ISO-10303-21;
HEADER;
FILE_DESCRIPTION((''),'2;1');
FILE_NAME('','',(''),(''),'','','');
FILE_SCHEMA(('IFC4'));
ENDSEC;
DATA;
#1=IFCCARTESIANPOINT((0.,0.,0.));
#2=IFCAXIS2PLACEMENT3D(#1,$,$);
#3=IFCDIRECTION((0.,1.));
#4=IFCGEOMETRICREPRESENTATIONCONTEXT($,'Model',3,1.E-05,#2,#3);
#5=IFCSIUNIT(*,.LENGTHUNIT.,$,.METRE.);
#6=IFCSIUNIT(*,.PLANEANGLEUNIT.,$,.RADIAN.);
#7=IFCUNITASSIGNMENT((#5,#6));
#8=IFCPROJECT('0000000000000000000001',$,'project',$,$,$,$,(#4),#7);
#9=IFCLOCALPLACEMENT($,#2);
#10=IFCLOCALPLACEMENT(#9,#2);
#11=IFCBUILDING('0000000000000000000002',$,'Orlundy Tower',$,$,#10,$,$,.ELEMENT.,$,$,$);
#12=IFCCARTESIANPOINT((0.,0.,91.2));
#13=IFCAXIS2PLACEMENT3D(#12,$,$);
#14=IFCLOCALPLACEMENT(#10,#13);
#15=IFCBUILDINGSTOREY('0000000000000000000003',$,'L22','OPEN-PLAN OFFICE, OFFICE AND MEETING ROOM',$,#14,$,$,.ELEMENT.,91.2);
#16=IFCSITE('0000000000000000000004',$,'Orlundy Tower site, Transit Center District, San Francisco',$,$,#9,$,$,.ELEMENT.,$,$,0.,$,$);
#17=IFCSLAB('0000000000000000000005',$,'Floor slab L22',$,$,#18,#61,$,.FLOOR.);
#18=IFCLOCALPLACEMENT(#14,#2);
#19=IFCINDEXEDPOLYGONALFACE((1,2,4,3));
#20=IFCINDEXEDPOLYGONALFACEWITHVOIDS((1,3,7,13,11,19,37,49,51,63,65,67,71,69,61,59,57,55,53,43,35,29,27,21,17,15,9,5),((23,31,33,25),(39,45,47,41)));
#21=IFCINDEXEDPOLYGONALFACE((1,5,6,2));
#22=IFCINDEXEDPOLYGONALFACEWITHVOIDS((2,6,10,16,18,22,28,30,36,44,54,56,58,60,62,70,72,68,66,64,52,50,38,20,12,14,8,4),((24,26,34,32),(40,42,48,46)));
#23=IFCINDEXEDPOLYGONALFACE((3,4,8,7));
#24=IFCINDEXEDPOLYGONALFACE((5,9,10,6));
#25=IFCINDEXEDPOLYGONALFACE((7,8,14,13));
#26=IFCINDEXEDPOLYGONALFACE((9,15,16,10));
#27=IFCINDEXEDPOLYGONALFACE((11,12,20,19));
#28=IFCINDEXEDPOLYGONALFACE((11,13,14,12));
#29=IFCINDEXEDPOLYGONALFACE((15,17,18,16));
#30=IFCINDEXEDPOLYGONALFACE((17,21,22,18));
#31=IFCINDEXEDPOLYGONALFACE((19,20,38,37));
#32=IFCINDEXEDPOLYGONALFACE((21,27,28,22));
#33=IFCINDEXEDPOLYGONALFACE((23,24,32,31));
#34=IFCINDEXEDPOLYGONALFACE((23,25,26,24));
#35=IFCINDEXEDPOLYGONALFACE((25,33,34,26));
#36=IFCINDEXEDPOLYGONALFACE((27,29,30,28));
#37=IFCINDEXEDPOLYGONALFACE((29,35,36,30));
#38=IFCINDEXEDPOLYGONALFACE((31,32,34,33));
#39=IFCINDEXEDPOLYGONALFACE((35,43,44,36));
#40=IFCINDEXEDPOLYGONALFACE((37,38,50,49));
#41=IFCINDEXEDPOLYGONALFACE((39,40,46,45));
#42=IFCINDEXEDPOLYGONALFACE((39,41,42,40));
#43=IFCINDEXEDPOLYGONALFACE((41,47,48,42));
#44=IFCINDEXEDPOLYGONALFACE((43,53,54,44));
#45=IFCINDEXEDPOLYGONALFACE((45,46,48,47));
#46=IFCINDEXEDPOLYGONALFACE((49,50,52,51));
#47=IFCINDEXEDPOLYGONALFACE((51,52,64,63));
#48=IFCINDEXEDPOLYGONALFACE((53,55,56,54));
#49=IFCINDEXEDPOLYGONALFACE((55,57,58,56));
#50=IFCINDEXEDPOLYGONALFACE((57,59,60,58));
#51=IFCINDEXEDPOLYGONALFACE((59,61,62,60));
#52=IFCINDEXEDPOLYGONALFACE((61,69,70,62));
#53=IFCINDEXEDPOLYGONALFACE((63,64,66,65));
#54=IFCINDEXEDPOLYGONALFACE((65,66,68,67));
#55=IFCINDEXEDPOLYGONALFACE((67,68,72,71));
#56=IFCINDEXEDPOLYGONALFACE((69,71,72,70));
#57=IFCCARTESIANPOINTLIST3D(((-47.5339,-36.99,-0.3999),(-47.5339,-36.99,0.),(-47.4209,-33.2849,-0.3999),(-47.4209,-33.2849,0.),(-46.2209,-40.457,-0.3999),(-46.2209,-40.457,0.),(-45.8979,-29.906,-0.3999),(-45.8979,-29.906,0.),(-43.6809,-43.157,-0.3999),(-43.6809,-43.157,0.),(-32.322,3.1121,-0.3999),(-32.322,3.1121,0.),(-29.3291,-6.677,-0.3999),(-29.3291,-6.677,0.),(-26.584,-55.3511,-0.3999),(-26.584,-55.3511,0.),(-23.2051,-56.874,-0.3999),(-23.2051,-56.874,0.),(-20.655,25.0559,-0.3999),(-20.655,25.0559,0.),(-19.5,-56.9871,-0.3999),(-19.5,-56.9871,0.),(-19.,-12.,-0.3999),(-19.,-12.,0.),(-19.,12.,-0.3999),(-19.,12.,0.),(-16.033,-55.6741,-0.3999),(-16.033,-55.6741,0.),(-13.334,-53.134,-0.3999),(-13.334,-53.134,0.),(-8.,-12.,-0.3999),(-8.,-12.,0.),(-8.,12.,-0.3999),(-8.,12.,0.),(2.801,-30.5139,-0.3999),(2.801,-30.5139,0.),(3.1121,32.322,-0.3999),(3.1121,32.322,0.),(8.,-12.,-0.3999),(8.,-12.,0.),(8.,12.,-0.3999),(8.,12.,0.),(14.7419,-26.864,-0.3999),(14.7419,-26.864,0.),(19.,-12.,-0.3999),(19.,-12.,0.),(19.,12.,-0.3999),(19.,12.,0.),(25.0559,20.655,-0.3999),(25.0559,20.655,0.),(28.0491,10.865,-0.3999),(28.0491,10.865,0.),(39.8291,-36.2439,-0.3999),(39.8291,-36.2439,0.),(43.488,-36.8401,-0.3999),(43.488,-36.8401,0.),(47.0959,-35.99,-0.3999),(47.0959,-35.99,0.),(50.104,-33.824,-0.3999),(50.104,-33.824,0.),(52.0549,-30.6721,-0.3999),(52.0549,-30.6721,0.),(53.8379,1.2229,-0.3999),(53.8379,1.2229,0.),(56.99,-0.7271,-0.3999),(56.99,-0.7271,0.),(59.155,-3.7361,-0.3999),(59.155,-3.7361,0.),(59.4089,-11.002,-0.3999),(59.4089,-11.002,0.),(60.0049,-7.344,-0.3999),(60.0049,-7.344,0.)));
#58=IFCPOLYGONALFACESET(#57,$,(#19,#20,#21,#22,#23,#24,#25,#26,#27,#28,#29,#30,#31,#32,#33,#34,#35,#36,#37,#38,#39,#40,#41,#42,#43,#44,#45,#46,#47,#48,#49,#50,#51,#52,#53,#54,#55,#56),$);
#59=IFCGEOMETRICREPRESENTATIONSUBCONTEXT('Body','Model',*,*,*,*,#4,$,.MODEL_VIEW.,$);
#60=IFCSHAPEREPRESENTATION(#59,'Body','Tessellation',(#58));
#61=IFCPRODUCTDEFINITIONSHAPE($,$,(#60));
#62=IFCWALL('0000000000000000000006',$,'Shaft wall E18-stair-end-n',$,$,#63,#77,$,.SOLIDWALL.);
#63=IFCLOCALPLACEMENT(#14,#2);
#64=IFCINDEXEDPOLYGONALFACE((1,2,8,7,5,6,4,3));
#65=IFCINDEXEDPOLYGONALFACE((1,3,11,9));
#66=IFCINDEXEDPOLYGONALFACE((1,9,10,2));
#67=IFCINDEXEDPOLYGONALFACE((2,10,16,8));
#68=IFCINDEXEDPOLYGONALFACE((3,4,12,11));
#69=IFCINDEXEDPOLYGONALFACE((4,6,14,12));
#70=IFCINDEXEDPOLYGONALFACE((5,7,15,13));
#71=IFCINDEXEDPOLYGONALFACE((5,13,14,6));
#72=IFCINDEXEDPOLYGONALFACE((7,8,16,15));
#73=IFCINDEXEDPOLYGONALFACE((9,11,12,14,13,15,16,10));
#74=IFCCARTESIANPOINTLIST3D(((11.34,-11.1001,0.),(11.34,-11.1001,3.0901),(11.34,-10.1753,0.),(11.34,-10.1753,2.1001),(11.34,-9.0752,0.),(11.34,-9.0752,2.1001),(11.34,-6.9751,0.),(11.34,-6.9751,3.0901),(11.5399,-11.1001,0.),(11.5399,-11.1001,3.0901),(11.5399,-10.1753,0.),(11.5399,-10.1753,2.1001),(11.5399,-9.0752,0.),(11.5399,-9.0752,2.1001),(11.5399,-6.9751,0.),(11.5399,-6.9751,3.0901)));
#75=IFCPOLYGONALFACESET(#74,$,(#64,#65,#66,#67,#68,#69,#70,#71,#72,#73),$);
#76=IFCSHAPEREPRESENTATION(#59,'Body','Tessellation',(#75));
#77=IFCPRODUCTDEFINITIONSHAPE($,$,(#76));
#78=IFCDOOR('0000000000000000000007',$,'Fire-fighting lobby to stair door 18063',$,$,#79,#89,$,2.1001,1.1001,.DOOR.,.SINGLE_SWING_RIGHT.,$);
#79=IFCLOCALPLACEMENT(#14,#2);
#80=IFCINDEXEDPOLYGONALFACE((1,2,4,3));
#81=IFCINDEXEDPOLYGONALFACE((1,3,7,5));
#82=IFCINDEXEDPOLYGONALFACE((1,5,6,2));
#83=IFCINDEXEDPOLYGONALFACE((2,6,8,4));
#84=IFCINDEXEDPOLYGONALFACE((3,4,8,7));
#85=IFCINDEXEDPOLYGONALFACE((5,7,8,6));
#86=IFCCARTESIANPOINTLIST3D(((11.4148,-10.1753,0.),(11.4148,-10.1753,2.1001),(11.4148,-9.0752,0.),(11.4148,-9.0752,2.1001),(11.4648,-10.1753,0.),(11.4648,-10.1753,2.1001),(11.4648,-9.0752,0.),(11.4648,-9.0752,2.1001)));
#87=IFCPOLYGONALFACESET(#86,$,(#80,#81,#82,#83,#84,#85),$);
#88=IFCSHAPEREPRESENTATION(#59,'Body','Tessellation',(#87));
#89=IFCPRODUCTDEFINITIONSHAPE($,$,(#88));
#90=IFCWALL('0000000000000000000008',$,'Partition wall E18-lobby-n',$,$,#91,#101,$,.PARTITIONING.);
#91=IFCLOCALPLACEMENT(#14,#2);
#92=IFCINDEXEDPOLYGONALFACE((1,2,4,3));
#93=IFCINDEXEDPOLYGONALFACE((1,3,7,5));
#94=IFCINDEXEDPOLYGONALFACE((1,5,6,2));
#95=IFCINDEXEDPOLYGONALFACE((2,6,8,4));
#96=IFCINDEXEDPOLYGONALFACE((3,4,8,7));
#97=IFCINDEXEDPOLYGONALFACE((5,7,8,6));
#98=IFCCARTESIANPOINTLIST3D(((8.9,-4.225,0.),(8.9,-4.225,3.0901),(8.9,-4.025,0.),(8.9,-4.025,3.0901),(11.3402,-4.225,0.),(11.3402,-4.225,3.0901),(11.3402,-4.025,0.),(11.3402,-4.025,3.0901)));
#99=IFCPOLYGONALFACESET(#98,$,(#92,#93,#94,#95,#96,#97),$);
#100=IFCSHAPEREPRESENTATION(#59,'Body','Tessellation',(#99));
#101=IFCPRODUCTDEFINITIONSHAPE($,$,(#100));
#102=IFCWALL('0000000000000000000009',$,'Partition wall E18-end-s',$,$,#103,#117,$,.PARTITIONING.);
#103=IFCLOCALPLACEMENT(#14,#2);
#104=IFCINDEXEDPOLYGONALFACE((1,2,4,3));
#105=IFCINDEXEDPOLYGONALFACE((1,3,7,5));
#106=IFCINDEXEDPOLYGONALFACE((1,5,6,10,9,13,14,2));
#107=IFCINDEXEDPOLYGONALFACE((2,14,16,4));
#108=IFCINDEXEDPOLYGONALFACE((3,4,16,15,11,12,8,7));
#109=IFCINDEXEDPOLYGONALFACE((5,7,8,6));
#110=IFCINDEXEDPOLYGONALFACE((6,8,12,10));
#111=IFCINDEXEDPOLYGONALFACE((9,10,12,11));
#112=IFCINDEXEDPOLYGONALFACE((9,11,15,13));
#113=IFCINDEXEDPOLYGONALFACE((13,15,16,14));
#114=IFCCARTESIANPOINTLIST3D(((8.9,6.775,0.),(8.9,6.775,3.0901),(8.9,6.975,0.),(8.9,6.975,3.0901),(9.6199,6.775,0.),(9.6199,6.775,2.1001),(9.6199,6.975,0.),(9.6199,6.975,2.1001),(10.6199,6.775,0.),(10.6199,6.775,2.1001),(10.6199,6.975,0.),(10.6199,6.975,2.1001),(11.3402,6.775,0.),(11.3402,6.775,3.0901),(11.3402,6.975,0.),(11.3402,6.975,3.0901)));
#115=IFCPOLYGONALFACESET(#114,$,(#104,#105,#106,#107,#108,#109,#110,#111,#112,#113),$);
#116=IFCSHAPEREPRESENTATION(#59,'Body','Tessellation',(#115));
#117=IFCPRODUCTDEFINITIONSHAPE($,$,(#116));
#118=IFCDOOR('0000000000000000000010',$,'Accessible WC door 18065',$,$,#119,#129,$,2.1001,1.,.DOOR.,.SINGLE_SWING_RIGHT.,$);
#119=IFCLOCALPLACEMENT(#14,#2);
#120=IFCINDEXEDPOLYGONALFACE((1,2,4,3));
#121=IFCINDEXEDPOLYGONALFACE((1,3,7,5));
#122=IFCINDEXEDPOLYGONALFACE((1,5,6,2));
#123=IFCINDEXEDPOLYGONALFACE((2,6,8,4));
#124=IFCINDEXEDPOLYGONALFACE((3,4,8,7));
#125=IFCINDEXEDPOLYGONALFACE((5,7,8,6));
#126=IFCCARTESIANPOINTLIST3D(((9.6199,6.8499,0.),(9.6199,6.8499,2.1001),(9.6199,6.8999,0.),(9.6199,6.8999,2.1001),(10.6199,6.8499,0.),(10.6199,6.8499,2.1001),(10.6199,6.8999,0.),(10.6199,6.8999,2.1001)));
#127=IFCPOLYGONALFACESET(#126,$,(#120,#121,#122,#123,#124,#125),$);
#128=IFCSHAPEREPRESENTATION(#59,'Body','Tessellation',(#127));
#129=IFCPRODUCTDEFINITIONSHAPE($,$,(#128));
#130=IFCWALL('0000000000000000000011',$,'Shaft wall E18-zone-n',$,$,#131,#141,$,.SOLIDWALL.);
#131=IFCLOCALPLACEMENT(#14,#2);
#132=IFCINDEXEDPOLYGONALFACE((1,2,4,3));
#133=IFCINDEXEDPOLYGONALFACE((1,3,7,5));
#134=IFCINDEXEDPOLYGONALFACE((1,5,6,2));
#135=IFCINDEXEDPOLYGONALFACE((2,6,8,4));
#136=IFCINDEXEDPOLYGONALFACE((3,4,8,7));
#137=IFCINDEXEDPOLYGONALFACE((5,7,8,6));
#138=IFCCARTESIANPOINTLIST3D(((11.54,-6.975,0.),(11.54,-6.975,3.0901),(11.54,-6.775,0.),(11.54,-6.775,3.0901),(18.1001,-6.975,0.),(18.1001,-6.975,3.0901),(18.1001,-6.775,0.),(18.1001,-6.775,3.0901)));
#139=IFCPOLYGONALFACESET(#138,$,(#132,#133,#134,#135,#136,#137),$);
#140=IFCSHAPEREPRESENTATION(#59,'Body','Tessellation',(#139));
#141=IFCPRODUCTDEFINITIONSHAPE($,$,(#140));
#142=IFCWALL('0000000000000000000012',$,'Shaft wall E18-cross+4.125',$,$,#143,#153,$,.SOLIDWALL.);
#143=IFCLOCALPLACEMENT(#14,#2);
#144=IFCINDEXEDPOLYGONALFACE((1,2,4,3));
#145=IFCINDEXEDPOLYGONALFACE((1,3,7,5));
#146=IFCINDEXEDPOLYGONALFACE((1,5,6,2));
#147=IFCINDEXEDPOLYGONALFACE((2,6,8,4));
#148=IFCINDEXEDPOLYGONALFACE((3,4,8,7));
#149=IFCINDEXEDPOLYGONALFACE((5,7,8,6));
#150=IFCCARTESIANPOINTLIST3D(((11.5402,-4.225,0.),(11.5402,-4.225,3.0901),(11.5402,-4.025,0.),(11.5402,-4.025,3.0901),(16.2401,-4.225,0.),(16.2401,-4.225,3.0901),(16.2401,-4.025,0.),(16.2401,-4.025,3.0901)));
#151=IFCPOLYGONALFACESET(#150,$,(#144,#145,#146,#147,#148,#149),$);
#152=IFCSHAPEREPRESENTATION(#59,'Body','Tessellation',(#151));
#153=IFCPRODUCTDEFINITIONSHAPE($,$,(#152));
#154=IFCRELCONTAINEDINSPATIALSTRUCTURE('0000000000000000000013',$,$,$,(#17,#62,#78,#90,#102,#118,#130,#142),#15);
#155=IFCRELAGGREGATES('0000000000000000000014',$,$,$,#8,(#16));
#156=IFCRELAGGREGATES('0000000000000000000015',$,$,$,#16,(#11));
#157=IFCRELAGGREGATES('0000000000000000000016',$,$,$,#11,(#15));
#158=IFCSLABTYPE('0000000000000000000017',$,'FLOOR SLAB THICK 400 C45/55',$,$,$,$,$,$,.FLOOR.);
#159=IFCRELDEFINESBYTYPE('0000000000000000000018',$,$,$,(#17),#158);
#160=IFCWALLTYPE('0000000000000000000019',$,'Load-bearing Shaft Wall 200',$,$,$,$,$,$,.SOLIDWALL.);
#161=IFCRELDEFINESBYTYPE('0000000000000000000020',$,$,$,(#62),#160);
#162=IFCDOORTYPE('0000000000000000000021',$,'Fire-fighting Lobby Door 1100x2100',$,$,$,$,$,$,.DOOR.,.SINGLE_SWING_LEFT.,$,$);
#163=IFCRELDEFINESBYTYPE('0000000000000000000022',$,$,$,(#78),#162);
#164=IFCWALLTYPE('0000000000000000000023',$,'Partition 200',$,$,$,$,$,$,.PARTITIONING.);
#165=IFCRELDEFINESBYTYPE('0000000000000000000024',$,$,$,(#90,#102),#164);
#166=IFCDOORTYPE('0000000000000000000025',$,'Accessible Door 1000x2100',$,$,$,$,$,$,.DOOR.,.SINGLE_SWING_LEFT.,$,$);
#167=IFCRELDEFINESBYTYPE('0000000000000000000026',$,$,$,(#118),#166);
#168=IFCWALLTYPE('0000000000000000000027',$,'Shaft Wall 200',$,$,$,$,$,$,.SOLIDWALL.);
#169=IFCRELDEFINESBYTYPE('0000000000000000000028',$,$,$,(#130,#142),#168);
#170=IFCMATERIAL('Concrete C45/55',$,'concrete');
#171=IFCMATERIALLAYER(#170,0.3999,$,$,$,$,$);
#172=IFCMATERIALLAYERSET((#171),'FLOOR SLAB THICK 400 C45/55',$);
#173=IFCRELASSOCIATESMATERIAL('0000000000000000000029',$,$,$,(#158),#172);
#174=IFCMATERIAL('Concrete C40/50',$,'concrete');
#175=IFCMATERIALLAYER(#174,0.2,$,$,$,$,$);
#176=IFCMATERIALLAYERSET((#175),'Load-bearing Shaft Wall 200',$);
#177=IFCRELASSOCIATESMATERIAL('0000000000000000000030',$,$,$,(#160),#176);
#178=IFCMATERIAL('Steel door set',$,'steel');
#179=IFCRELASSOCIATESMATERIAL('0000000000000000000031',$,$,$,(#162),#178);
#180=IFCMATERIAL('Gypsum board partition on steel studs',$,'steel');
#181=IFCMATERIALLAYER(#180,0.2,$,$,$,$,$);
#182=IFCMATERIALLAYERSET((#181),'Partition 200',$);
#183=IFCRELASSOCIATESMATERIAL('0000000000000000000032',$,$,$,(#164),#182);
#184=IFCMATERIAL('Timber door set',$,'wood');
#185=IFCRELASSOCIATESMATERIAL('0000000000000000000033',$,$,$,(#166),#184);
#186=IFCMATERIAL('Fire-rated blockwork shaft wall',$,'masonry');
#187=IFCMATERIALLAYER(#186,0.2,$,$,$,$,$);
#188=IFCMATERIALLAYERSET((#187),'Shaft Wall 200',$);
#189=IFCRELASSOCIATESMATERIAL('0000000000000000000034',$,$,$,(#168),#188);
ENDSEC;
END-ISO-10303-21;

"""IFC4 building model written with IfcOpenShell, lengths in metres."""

from ifc_helpers import new_model, si_unit, direction, frame, frame_2d, origin, place, context, subcontext, project, spatial, polyline, rectangle, outline, extrude, material, layer, layer_set, type_object, element, fill, save


model = new_model("IFC4")

# Units and contexts
model_context = context("Model", 3, precision=1e-05, world=origin(), true_north=direction((0.0, 1.0)))
body_context = subcontext(model_context, "Body", "Model", "MODEL_VIEW")
ifc_project = project(units=[si_unit("LENGTHUNIT", "METRE"), si_unit("PLANEANGLEUNIT", "RADIAN")], contexts=[model_context])

# Site, building, storey
site_placement = place(None, origin())
site = spatial("IfcSite", under=ifc_project, at=site_placement, Name="Orlundy Tower site, Transit Center District, San Francisco", CompositionType="ELEMENT", RefElevation=0.0)
building_placement = place(site_placement, origin())
building = spatial("IfcBuilding", under=site, at=building_placement, Name="Orlundy Tower", CompositionType="ELEMENT")
storey_placement = place(building_placement, frame((0.0, 0.0, 91.2)))
storey = spatial("IfcBuildingStorey", under=building, at=storey_placement, Name="L22", Description="OPEN-PLAN OFFICE, OFFICE AND MEETING ROOM", CompositionType="ELEMENT", Elevation=91.2)

# Slab
ifc_material_1 = material(Name="Concrete C45/55", Category="concrete")
ifc_layer_1 = layer(ifc_material_1, 0.3999)
ifc_layer_set_1 = layer_set([ifc_layer_1], Name="FLOOR SLAB THICK 400 C45/55")
slab_type_1 = type_object("IfcSlabType", Name="FLOOR SLAB THICK 400 C45/55", PredefinedType="FLOOR", material=ifc_layer_set_1)
slab_1_placement = place(storey_placement, frame((0.0, 0.0, -0.3999)))
element("IfcSlab", 1, at=slab_1_placement, inside=storey, type_object=slab_type_1, Name="Floor slab L22", PredefinedType="FLOOR", context=body_context, shape_type="SweptSolid", body=[
    extrude(outline(polyline([(-29.3291, -6.677), (-32.322, 3.1121), (-20.655, 25.0559), (3.1121, 32.322), (25.0559, 20.655), (28.0491, 10.865), (53.8379, 1.2229), (56.99, -0.7271), (59.155, -3.7361), (60.0049, -7.344), (59.4089, -11.002), (52.0549, -30.6721), (50.104, -33.824), (47.0959, -35.99), (43.488, -36.8401), (39.8291, -36.2439), (14.7419, -26.864), (2.801, -30.5139), (-13.334, -53.134), (-16.033, -55.6741), (-19.5, -56.9871), (-23.2051, -56.874), (-26.584, -55.3511), (-43.6809, -43.157), (-46.2209, -40.457), (-47.5339, -36.99), (-47.4209, -33.2849), (-45.8979, -29.906), (-29.3291, -6.677)]), holes=[polyline([(-8.0, -12.0), (-8.0, 12.0), (-19.0, 12.0), (-19.0, -12.0), (-8.0, -12.0)]), polyline([(19.0, -12.0), (19.0, 12.0), (8.0, 12.0), (8.0, -12.0), (19.0, -12.0)])]), origin(), (0.0, 0.0, 1.0), 0.3999),
])

# Wall, opening, door
ifc_material_2 = material(Name="Concrete C40/50", Category="concrete")
ifc_layer_2 = layer(ifc_material_2, 0.2)
ifc_layer_set_2 = layer_set([ifc_layer_2], Name="Load-bearing Shaft Wall 200")
wall_type_1 = type_object("IfcWallType", Name="Load-bearing Shaft Wall 200", PredefinedType="SOLIDWALL", material=ifc_layer_set_2)
wall_1_placement = place(storey_placement, frame((11.4399, -6.9751, 0.0), z_axis=(0.0, 0.0, 1.0), x_axis=(0.0, -1.0, 0.0)))
wall_1 = element("IfcWall", 2, at=wall_1_placement, inside=storey, type_object=wall_type_1, Name="Shaft wall E18-stair-end-n", PredefinedType="SOLIDWALL", context=body_context, shape_type="SweptSolid", body=[
    extrude(rectangle(XDim=4.125, YDim=0.2, at=frame_2d((2.0625, 0.0))), origin(), (0.0, 0.0, 1.0), 3.0901),
])
opening_1_placement = place(wall_1_placement, frame((2.1001, 0.0, 0.0)))
opening_1 = element("IfcOpeningElement", 3, at=opening_1_placement, cuts=wall_1, PredefinedType="OPENING", context=body_context, shape_type="SweptSolid", body=[
    extrude(rectangle(XDim=1.1001, YDim=2.1001, at=frame_2d((0.55, 1.05))), frame((0.0, 0.1101, 0.0), z_axis=(0.0, -1.0, 0.0), x_axis=(1.0, 0.0, 0.0)), (0.0, 0.0, 1.0), 0.2202),
])
ifc_material_3 = material(Name="Steel door set", Category="steel")
door_type_1 = type_object("IfcDoorType", Name="Fire-fighting Lobby Door 1100x2100", OperationType="SINGLE_SWING_LEFT", PredefinedType="DOOR", material=ifc_material_3)
door_1_placement = place(opening_1_placement, origin())
door_1 = element("IfcDoor", 4, at=door_1_placement, inside=storey, type_object=door_type_1, Name="Fire-fighting lobby to stair door 18063", OperationType="SINGLE_SWING_RIGHT", OverallHeight=2.1001, OverallWidth=1.1001, PredefinedType="DOOR", context=body_context, shape_type="SweptSolid", body=[
    extrude(rectangle(XDim=1.1001, YDim=2.1001, at=frame_2d((0.55, 1.05))), frame((0.0, 0.0249, 0.0), z_axis=(0.0, -1.0, 0.0), x_axis=(1.0, 0.0, 0.0)), (0.0, 0.0, 1.0), 0.05),
])
fill(opening_1, door_1)

# Wall
ifc_material_4 = material(Name="Gypsum board partition on steel studs", Category="steel")
ifc_layer_3 = layer(ifc_material_4, 0.2)
ifc_layer_set_3 = layer_set([ifc_layer_3], Name="Partition 200")
wall_type_2 = type_object("IfcWallType", Name="Partition 200", PredefinedType="PARTITIONING", material=ifc_layer_set_3)
wall_2_placement = place(storey_placement, frame((8.8999, -4.125, 0.0), z_axis=(0.0, 0.0, 1.0), x_axis=(1.0, 0.0, 0.0)))
element("IfcWall", 5, at=wall_2_placement, inside=storey, type_object=wall_type_2, Name="Partition wall E18-lobby-n", PredefinedType="PARTITIONING", context=body_context, shape_type="SweptSolid", body=[
    extrude(rectangle(XDim=2.4402, YDim=0.2, at=frame_2d((1.2202, 0.0))), origin(), (0.0, 0.0, 1.0), 3.0901),
])

# Wall, opening, door
wall_3_placement = place(storey_placement, frame((8.8999, 6.875, 0.0), z_axis=(0.0, 0.0, 1.0), x_axis=(1.0, 0.0, 0.0)))
wall_3 = element("IfcWall", 6, at=wall_3_placement, inside=storey, type_object=wall_type_2, Name="Partition wall E18-end-s", PredefinedType="PARTITIONING", context=body_context, shape_type="SweptSolid", body=[
    extrude(rectangle(XDim=2.4402, YDim=0.2, at=frame_2d((1.2202, 0.0))), origin(), (0.0, 0.0, 1.0), 3.0901),
])
opening_2_placement = place(wall_3_placement, frame((0.72, 0.0, 0.0)))
opening_2 = element("IfcOpeningElement", 7, at=opening_2_placement, cuts=wall_3, PredefinedType="OPENING", context=body_context, shape_type="SweptSolid", body=[
    extrude(rectangle(XDim=1.0, YDim=2.1001, at=frame_2d((0.5, 1.05))), frame((0.0, 0.1101, 0.0), z_axis=(0.0, -1.0, 0.0), x_axis=(1.0, 0.0, 0.0)), (0.0, 0.0, 1.0), 0.2202),
])
ifc_material_5 = material(Name="Timber door set", Category="wood")
door_type_2 = type_object("IfcDoorType", Name="Accessible Door 1000x2100", OperationType="SINGLE_SWING_LEFT", PredefinedType="DOOR", material=ifc_material_5)
door_2_placement = place(opening_2_placement, origin())
door_2 = element("IfcDoor", 8, at=door_2_placement, inside=storey, type_object=door_type_2, Name="Accessible WC door 18065", OperationType="SINGLE_SWING_RIGHT", OverallHeight=2.1001, OverallWidth=1.0, PredefinedType="DOOR", context=body_context, shape_type="SweptSolid", body=[
    extrude(rectangle(XDim=1.0, YDim=2.1001, at=frame_2d((0.5, 1.05))), frame((0.0, 0.0249, 0.0), z_axis=(0.0, -1.0, 0.0), x_axis=(1.0, 0.0, 0.0)), (0.0, 0.0, 1.0), 0.05),
])
fill(opening_2, door_2)

# Walls
ifc_material_6 = material(Name="Fire-rated blockwork shaft wall", Category="masonry")
ifc_layer_4 = layer(ifc_material_6, 0.2)
ifc_layer_set_4 = layer_set([ifc_layer_4], Name="Shaft Wall 200")
wall_type_3 = type_object("IfcWallType", Name="Shaft Wall 200", PredefinedType="SOLIDWALL", material=ifc_layer_set_4)
wall_4_placement = place(storey_placement, frame((11.54, -6.875, 0.0), z_axis=(0.0, 0.0, 1.0), x_axis=(1.0, 0.0, 0.0)))
element("IfcWall", 9, at=wall_4_placement, inside=storey, type_object=wall_type_3, Name="Shaft wall E18-zone-n", PredefinedType="SOLIDWALL", context=body_context, shape_type="SweptSolid", body=[
    extrude(rectangle(XDim=6.5601, YDim=0.2, at=frame_2d((3.28, 0.0))), origin(), (0.0, 0.0, 1.0), 3.0901),
])
wall_5_placement = place(storey_placement, frame((11.54, -4.125, 0.0), z_axis=(0.0, 0.0, 1.0), x_axis=(1.0, 0.0, 0.0)))
element("IfcWall", 10, at=wall_5_placement, inside=storey, type_object=wall_type_3, Name="Shaft wall E18-cross+4.125", PredefinedType="SOLIDWALL", context=body_context, shape_type="SweptSolid", body=[
    extrude(rectangle(XDim=4.7, YDim=0.2, at=frame_2d((2.3501, 0.0))), origin(), (0.0, 0.0, 1.0), 3.0901),
])

save(model, "model.ifc")
